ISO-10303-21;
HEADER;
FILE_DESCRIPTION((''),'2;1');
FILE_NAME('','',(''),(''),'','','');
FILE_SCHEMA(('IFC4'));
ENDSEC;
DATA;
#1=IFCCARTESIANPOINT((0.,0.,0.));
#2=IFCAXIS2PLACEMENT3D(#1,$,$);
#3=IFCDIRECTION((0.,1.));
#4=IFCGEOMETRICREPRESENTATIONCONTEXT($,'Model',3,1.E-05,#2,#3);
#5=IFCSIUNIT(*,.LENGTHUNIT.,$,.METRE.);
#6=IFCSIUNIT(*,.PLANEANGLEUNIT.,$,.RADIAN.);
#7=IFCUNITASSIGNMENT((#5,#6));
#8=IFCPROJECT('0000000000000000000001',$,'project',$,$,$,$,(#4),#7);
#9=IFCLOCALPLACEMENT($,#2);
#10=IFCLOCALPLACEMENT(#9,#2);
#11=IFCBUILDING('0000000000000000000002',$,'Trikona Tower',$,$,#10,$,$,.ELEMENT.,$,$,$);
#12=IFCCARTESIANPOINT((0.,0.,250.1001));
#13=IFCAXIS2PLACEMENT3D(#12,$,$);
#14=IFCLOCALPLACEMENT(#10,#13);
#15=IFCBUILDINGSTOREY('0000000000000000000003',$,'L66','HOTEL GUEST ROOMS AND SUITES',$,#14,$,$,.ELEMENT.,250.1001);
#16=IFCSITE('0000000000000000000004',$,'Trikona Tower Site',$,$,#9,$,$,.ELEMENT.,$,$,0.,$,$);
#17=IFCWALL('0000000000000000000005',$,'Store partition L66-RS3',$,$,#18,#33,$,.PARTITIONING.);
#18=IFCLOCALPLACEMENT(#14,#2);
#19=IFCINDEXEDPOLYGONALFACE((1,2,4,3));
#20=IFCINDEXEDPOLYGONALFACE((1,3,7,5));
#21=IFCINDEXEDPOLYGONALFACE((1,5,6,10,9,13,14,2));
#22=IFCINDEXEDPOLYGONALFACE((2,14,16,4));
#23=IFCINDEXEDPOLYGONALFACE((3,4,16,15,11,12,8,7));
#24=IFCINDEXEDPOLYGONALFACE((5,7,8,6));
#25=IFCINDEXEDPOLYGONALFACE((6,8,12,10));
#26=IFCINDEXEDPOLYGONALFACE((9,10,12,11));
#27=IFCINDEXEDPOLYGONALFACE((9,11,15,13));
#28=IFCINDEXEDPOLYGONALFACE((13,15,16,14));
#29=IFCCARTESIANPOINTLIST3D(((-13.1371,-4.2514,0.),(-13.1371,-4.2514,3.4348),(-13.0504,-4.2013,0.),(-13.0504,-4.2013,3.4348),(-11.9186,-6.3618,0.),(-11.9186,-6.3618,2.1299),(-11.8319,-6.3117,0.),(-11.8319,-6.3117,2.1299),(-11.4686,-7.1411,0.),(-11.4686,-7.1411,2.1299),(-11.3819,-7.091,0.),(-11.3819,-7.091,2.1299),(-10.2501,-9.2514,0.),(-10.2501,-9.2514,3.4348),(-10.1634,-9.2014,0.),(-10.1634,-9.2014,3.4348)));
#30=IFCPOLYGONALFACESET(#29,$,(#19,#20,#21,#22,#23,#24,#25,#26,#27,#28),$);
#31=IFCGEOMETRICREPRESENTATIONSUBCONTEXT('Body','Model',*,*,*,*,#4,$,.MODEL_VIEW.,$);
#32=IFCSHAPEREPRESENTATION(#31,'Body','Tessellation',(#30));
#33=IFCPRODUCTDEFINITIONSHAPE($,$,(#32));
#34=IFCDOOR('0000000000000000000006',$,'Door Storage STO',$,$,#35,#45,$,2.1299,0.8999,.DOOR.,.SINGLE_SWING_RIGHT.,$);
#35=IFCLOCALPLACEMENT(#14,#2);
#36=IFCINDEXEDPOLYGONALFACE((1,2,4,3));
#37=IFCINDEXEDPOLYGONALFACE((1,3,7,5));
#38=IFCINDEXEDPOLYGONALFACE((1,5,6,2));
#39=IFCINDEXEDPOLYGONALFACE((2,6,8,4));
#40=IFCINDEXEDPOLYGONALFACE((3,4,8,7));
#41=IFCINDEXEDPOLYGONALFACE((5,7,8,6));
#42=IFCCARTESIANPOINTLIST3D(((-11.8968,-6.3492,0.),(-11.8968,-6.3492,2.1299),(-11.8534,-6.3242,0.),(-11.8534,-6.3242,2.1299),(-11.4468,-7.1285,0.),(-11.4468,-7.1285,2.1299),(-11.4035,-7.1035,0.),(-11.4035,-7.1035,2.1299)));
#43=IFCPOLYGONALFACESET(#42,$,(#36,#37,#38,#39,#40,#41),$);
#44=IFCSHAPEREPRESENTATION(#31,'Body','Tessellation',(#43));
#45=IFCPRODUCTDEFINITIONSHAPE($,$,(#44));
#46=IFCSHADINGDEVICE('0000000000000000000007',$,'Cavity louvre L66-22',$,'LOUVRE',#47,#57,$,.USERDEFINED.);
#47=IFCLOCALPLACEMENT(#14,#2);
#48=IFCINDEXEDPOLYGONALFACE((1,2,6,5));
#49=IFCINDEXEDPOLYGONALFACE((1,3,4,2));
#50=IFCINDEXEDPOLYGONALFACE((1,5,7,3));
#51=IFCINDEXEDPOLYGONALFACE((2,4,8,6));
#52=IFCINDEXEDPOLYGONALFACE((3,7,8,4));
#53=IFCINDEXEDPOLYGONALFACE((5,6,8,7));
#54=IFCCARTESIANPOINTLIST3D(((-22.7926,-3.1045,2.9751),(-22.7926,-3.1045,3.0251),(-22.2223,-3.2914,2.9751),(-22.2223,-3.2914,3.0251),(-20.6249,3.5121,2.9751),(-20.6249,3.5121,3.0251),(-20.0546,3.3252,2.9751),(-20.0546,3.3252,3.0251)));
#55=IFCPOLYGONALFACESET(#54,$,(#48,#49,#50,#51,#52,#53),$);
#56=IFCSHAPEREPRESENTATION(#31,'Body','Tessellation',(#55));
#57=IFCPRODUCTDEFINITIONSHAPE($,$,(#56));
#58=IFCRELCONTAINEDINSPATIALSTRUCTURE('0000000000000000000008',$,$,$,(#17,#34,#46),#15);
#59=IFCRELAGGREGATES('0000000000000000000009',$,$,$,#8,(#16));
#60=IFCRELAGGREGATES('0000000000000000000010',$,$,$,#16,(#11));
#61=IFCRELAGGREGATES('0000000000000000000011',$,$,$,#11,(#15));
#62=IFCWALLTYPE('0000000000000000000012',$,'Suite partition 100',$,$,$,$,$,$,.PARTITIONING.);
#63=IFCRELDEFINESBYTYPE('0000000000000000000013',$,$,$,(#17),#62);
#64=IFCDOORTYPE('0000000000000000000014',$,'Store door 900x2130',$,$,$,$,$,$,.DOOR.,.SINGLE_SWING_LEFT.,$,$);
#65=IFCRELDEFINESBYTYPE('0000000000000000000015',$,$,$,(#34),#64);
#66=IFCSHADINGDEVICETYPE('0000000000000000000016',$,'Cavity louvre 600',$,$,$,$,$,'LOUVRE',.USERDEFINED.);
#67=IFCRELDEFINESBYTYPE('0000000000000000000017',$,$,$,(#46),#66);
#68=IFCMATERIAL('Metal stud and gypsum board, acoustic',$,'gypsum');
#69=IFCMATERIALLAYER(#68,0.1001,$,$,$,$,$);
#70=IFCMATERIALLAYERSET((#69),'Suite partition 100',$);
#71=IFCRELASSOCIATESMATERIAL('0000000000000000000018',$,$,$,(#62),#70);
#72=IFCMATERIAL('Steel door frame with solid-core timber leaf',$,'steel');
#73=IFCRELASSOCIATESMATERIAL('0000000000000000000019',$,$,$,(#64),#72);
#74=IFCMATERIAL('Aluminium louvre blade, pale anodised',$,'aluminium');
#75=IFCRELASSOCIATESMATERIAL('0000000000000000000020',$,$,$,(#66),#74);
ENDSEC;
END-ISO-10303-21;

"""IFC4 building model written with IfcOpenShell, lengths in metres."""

from ifc_helpers import new_model, si_unit, direction, frame, frame_2d, origin, origin_2d, place, context, subcontext, project, spatial, rectangle, extrude, material, layer, layer_set, type_object, element, fill, save


model = new_model("IFC4")

# Units and contexts
model_context = context("Model", 3, precision=1e-05, world=origin(), true_north=direction((0.0, 1.0)))
body_context = subcontext(model_context, "Body", "Model", "MODEL_VIEW")
ifc_project = project(units=[si_unit("LENGTHUNIT", "METRE"), si_unit("PLANEANGLEUNIT", "RADIAN")], contexts=[model_context])

# Site, building, storey
site_placement = place(None, origin())
site = spatial("IfcSite", under=ifc_project, at=site_placement, Name="Trikona Tower Site", CompositionType="ELEMENT", RefElevation=0.0)
building_placement = place(site_placement, origin())
building = spatial("IfcBuilding", under=site, at=building_placement, Name="Trikona Tower", CompositionType="ELEMENT")
storey_placement = place(building_placement, frame((0.0, 0.0, 250.1001)))
storey = spatial("IfcBuildingStorey", under=building, at=storey_placement, Name="L66", Description="HOTEL GUEST ROOMS AND SUITES", CompositionType="ELEMENT", Elevation=250.1001)

# Wall, opening, door
ifc_material_1 = material(Name="Metal stud and gypsum board, acoustic", Category="gypsum")
ifc_layer_1 = layer(ifc_material_1, 0.1001)
ifc_layer_set_1 = layer_set([ifc_layer_1], Name="Suite partition 100")
wall_type_1 = type_object("IfcWallType", Name="Suite partition 100", PredefinedType="PARTITIONING", material=ifc_layer_set_1)
wall_1_placement = place(storey_placement, frame((-10.2068, -9.2263, 0.0), z_axis=(0.0, 0.0, 1.0), x_axis=(-0.500027, 0.86601, 0.0)))
wall_1 = element("IfcWall", 1, at=wall_1_placement, inside=storey, type_object=wall_type_1, Name="Store partition L66-RS3", PredefinedType="PARTITIONING", context=body_context, shape_type="SweptSolid", body=[
    extrude(rectangle(XDim=5.7737, YDim=0.1001, at=frame_2d((2.8867, 0.0))), origin(), (0.0, 0.0, 1.0), 3.4348),
])
opening_1_placement = place(wall_1_placement, frame((2.4368, 0.0, 0.0)))
opening_1 = element("IfcOpeningElement", 2, at=opening_1_placement, cuts=wall_1, PredefinedType="OPENING", context=body_context, shape_type="SweptSolid", body=[
    extrude(rectangle(XDim=0.8999, YDim=2.1299, at=frame_2d((0.45, 1.0649))), frame((0.0, 0.0601, 0.0), z_axis=(0.0, -1.0, 0.0), x_axis=(1.0, 0.0, 0.0)), (0.0, 0.0, 1.0), 0.1201),
])
ifc_material_2 = material(Name="Steel door frame with solid-core timber leaf", Category="steel")
door_type_1 = type_object("IfcDoorType", Name="Store door 900x2130", OperationType="SINGLE_SWING_LEFT", PredefinedType="DOOR", material=ifc_material_2)
door_1_placement = place(opening_1_placement, origin())
door_1 = element("IfcDoor", 3, at=door_1_placement, inside=storey, type_object=door_type_1, Name="Door Storage STO", OperationType="SINGLE_SWING_RIGHT", OverallHeight=2.1299, OverallWidth=0.8999, PredefinedType="DOOR", context=body_context, shape_type="SweptSolid", body=[
    extrude(rectangle(XDim=0.8999, YDim=2.1299, at=frame_2d((0.45, 1.0649))), frame((0.0, 0.0249, 0.0), z_axis=(0.0, -1.0, 0.0), x_axis=(1.0, 0.0, 0.0)), (0.0, 0.0, 1.0), 0.05),
])
fill(opening_1, door_1)

# Shading device
ifc_material_3 = material(Name="Aluminium louvre blade, pale anodised", Category="aluminium")
shading_device_type = type_object("IfcShadingDeviceType", Name="Cavity louvre 600", ElementType="LOUVRE", PredefinedType="USERDEFINED", material=ifc_material_3)
shading_device_placement = place(storey_placement, frame((-21.4236, 0.1104, 2.9751), z_axis=(0.0, 0.0, 1.0), x_axis=(-0.311337, -0.9503, 0.0)))
element("IfcShadingDevice", 4, at=shading_device_placement, inside=storey, type_object=shading_device_type, Name="Cavity louvre L66-22", ObjectType="LOUVRE", PredefinedType="USERDEFINED", context=body_context, shape_type="SweptSolid", body=[
    extrude(rectangle(XDim=6.9626, YDim=0.6001, at=origin_2d()), origin(), (0.0, 0.0, 1.0), 0.05),
])

save(model, "model.ifc")
